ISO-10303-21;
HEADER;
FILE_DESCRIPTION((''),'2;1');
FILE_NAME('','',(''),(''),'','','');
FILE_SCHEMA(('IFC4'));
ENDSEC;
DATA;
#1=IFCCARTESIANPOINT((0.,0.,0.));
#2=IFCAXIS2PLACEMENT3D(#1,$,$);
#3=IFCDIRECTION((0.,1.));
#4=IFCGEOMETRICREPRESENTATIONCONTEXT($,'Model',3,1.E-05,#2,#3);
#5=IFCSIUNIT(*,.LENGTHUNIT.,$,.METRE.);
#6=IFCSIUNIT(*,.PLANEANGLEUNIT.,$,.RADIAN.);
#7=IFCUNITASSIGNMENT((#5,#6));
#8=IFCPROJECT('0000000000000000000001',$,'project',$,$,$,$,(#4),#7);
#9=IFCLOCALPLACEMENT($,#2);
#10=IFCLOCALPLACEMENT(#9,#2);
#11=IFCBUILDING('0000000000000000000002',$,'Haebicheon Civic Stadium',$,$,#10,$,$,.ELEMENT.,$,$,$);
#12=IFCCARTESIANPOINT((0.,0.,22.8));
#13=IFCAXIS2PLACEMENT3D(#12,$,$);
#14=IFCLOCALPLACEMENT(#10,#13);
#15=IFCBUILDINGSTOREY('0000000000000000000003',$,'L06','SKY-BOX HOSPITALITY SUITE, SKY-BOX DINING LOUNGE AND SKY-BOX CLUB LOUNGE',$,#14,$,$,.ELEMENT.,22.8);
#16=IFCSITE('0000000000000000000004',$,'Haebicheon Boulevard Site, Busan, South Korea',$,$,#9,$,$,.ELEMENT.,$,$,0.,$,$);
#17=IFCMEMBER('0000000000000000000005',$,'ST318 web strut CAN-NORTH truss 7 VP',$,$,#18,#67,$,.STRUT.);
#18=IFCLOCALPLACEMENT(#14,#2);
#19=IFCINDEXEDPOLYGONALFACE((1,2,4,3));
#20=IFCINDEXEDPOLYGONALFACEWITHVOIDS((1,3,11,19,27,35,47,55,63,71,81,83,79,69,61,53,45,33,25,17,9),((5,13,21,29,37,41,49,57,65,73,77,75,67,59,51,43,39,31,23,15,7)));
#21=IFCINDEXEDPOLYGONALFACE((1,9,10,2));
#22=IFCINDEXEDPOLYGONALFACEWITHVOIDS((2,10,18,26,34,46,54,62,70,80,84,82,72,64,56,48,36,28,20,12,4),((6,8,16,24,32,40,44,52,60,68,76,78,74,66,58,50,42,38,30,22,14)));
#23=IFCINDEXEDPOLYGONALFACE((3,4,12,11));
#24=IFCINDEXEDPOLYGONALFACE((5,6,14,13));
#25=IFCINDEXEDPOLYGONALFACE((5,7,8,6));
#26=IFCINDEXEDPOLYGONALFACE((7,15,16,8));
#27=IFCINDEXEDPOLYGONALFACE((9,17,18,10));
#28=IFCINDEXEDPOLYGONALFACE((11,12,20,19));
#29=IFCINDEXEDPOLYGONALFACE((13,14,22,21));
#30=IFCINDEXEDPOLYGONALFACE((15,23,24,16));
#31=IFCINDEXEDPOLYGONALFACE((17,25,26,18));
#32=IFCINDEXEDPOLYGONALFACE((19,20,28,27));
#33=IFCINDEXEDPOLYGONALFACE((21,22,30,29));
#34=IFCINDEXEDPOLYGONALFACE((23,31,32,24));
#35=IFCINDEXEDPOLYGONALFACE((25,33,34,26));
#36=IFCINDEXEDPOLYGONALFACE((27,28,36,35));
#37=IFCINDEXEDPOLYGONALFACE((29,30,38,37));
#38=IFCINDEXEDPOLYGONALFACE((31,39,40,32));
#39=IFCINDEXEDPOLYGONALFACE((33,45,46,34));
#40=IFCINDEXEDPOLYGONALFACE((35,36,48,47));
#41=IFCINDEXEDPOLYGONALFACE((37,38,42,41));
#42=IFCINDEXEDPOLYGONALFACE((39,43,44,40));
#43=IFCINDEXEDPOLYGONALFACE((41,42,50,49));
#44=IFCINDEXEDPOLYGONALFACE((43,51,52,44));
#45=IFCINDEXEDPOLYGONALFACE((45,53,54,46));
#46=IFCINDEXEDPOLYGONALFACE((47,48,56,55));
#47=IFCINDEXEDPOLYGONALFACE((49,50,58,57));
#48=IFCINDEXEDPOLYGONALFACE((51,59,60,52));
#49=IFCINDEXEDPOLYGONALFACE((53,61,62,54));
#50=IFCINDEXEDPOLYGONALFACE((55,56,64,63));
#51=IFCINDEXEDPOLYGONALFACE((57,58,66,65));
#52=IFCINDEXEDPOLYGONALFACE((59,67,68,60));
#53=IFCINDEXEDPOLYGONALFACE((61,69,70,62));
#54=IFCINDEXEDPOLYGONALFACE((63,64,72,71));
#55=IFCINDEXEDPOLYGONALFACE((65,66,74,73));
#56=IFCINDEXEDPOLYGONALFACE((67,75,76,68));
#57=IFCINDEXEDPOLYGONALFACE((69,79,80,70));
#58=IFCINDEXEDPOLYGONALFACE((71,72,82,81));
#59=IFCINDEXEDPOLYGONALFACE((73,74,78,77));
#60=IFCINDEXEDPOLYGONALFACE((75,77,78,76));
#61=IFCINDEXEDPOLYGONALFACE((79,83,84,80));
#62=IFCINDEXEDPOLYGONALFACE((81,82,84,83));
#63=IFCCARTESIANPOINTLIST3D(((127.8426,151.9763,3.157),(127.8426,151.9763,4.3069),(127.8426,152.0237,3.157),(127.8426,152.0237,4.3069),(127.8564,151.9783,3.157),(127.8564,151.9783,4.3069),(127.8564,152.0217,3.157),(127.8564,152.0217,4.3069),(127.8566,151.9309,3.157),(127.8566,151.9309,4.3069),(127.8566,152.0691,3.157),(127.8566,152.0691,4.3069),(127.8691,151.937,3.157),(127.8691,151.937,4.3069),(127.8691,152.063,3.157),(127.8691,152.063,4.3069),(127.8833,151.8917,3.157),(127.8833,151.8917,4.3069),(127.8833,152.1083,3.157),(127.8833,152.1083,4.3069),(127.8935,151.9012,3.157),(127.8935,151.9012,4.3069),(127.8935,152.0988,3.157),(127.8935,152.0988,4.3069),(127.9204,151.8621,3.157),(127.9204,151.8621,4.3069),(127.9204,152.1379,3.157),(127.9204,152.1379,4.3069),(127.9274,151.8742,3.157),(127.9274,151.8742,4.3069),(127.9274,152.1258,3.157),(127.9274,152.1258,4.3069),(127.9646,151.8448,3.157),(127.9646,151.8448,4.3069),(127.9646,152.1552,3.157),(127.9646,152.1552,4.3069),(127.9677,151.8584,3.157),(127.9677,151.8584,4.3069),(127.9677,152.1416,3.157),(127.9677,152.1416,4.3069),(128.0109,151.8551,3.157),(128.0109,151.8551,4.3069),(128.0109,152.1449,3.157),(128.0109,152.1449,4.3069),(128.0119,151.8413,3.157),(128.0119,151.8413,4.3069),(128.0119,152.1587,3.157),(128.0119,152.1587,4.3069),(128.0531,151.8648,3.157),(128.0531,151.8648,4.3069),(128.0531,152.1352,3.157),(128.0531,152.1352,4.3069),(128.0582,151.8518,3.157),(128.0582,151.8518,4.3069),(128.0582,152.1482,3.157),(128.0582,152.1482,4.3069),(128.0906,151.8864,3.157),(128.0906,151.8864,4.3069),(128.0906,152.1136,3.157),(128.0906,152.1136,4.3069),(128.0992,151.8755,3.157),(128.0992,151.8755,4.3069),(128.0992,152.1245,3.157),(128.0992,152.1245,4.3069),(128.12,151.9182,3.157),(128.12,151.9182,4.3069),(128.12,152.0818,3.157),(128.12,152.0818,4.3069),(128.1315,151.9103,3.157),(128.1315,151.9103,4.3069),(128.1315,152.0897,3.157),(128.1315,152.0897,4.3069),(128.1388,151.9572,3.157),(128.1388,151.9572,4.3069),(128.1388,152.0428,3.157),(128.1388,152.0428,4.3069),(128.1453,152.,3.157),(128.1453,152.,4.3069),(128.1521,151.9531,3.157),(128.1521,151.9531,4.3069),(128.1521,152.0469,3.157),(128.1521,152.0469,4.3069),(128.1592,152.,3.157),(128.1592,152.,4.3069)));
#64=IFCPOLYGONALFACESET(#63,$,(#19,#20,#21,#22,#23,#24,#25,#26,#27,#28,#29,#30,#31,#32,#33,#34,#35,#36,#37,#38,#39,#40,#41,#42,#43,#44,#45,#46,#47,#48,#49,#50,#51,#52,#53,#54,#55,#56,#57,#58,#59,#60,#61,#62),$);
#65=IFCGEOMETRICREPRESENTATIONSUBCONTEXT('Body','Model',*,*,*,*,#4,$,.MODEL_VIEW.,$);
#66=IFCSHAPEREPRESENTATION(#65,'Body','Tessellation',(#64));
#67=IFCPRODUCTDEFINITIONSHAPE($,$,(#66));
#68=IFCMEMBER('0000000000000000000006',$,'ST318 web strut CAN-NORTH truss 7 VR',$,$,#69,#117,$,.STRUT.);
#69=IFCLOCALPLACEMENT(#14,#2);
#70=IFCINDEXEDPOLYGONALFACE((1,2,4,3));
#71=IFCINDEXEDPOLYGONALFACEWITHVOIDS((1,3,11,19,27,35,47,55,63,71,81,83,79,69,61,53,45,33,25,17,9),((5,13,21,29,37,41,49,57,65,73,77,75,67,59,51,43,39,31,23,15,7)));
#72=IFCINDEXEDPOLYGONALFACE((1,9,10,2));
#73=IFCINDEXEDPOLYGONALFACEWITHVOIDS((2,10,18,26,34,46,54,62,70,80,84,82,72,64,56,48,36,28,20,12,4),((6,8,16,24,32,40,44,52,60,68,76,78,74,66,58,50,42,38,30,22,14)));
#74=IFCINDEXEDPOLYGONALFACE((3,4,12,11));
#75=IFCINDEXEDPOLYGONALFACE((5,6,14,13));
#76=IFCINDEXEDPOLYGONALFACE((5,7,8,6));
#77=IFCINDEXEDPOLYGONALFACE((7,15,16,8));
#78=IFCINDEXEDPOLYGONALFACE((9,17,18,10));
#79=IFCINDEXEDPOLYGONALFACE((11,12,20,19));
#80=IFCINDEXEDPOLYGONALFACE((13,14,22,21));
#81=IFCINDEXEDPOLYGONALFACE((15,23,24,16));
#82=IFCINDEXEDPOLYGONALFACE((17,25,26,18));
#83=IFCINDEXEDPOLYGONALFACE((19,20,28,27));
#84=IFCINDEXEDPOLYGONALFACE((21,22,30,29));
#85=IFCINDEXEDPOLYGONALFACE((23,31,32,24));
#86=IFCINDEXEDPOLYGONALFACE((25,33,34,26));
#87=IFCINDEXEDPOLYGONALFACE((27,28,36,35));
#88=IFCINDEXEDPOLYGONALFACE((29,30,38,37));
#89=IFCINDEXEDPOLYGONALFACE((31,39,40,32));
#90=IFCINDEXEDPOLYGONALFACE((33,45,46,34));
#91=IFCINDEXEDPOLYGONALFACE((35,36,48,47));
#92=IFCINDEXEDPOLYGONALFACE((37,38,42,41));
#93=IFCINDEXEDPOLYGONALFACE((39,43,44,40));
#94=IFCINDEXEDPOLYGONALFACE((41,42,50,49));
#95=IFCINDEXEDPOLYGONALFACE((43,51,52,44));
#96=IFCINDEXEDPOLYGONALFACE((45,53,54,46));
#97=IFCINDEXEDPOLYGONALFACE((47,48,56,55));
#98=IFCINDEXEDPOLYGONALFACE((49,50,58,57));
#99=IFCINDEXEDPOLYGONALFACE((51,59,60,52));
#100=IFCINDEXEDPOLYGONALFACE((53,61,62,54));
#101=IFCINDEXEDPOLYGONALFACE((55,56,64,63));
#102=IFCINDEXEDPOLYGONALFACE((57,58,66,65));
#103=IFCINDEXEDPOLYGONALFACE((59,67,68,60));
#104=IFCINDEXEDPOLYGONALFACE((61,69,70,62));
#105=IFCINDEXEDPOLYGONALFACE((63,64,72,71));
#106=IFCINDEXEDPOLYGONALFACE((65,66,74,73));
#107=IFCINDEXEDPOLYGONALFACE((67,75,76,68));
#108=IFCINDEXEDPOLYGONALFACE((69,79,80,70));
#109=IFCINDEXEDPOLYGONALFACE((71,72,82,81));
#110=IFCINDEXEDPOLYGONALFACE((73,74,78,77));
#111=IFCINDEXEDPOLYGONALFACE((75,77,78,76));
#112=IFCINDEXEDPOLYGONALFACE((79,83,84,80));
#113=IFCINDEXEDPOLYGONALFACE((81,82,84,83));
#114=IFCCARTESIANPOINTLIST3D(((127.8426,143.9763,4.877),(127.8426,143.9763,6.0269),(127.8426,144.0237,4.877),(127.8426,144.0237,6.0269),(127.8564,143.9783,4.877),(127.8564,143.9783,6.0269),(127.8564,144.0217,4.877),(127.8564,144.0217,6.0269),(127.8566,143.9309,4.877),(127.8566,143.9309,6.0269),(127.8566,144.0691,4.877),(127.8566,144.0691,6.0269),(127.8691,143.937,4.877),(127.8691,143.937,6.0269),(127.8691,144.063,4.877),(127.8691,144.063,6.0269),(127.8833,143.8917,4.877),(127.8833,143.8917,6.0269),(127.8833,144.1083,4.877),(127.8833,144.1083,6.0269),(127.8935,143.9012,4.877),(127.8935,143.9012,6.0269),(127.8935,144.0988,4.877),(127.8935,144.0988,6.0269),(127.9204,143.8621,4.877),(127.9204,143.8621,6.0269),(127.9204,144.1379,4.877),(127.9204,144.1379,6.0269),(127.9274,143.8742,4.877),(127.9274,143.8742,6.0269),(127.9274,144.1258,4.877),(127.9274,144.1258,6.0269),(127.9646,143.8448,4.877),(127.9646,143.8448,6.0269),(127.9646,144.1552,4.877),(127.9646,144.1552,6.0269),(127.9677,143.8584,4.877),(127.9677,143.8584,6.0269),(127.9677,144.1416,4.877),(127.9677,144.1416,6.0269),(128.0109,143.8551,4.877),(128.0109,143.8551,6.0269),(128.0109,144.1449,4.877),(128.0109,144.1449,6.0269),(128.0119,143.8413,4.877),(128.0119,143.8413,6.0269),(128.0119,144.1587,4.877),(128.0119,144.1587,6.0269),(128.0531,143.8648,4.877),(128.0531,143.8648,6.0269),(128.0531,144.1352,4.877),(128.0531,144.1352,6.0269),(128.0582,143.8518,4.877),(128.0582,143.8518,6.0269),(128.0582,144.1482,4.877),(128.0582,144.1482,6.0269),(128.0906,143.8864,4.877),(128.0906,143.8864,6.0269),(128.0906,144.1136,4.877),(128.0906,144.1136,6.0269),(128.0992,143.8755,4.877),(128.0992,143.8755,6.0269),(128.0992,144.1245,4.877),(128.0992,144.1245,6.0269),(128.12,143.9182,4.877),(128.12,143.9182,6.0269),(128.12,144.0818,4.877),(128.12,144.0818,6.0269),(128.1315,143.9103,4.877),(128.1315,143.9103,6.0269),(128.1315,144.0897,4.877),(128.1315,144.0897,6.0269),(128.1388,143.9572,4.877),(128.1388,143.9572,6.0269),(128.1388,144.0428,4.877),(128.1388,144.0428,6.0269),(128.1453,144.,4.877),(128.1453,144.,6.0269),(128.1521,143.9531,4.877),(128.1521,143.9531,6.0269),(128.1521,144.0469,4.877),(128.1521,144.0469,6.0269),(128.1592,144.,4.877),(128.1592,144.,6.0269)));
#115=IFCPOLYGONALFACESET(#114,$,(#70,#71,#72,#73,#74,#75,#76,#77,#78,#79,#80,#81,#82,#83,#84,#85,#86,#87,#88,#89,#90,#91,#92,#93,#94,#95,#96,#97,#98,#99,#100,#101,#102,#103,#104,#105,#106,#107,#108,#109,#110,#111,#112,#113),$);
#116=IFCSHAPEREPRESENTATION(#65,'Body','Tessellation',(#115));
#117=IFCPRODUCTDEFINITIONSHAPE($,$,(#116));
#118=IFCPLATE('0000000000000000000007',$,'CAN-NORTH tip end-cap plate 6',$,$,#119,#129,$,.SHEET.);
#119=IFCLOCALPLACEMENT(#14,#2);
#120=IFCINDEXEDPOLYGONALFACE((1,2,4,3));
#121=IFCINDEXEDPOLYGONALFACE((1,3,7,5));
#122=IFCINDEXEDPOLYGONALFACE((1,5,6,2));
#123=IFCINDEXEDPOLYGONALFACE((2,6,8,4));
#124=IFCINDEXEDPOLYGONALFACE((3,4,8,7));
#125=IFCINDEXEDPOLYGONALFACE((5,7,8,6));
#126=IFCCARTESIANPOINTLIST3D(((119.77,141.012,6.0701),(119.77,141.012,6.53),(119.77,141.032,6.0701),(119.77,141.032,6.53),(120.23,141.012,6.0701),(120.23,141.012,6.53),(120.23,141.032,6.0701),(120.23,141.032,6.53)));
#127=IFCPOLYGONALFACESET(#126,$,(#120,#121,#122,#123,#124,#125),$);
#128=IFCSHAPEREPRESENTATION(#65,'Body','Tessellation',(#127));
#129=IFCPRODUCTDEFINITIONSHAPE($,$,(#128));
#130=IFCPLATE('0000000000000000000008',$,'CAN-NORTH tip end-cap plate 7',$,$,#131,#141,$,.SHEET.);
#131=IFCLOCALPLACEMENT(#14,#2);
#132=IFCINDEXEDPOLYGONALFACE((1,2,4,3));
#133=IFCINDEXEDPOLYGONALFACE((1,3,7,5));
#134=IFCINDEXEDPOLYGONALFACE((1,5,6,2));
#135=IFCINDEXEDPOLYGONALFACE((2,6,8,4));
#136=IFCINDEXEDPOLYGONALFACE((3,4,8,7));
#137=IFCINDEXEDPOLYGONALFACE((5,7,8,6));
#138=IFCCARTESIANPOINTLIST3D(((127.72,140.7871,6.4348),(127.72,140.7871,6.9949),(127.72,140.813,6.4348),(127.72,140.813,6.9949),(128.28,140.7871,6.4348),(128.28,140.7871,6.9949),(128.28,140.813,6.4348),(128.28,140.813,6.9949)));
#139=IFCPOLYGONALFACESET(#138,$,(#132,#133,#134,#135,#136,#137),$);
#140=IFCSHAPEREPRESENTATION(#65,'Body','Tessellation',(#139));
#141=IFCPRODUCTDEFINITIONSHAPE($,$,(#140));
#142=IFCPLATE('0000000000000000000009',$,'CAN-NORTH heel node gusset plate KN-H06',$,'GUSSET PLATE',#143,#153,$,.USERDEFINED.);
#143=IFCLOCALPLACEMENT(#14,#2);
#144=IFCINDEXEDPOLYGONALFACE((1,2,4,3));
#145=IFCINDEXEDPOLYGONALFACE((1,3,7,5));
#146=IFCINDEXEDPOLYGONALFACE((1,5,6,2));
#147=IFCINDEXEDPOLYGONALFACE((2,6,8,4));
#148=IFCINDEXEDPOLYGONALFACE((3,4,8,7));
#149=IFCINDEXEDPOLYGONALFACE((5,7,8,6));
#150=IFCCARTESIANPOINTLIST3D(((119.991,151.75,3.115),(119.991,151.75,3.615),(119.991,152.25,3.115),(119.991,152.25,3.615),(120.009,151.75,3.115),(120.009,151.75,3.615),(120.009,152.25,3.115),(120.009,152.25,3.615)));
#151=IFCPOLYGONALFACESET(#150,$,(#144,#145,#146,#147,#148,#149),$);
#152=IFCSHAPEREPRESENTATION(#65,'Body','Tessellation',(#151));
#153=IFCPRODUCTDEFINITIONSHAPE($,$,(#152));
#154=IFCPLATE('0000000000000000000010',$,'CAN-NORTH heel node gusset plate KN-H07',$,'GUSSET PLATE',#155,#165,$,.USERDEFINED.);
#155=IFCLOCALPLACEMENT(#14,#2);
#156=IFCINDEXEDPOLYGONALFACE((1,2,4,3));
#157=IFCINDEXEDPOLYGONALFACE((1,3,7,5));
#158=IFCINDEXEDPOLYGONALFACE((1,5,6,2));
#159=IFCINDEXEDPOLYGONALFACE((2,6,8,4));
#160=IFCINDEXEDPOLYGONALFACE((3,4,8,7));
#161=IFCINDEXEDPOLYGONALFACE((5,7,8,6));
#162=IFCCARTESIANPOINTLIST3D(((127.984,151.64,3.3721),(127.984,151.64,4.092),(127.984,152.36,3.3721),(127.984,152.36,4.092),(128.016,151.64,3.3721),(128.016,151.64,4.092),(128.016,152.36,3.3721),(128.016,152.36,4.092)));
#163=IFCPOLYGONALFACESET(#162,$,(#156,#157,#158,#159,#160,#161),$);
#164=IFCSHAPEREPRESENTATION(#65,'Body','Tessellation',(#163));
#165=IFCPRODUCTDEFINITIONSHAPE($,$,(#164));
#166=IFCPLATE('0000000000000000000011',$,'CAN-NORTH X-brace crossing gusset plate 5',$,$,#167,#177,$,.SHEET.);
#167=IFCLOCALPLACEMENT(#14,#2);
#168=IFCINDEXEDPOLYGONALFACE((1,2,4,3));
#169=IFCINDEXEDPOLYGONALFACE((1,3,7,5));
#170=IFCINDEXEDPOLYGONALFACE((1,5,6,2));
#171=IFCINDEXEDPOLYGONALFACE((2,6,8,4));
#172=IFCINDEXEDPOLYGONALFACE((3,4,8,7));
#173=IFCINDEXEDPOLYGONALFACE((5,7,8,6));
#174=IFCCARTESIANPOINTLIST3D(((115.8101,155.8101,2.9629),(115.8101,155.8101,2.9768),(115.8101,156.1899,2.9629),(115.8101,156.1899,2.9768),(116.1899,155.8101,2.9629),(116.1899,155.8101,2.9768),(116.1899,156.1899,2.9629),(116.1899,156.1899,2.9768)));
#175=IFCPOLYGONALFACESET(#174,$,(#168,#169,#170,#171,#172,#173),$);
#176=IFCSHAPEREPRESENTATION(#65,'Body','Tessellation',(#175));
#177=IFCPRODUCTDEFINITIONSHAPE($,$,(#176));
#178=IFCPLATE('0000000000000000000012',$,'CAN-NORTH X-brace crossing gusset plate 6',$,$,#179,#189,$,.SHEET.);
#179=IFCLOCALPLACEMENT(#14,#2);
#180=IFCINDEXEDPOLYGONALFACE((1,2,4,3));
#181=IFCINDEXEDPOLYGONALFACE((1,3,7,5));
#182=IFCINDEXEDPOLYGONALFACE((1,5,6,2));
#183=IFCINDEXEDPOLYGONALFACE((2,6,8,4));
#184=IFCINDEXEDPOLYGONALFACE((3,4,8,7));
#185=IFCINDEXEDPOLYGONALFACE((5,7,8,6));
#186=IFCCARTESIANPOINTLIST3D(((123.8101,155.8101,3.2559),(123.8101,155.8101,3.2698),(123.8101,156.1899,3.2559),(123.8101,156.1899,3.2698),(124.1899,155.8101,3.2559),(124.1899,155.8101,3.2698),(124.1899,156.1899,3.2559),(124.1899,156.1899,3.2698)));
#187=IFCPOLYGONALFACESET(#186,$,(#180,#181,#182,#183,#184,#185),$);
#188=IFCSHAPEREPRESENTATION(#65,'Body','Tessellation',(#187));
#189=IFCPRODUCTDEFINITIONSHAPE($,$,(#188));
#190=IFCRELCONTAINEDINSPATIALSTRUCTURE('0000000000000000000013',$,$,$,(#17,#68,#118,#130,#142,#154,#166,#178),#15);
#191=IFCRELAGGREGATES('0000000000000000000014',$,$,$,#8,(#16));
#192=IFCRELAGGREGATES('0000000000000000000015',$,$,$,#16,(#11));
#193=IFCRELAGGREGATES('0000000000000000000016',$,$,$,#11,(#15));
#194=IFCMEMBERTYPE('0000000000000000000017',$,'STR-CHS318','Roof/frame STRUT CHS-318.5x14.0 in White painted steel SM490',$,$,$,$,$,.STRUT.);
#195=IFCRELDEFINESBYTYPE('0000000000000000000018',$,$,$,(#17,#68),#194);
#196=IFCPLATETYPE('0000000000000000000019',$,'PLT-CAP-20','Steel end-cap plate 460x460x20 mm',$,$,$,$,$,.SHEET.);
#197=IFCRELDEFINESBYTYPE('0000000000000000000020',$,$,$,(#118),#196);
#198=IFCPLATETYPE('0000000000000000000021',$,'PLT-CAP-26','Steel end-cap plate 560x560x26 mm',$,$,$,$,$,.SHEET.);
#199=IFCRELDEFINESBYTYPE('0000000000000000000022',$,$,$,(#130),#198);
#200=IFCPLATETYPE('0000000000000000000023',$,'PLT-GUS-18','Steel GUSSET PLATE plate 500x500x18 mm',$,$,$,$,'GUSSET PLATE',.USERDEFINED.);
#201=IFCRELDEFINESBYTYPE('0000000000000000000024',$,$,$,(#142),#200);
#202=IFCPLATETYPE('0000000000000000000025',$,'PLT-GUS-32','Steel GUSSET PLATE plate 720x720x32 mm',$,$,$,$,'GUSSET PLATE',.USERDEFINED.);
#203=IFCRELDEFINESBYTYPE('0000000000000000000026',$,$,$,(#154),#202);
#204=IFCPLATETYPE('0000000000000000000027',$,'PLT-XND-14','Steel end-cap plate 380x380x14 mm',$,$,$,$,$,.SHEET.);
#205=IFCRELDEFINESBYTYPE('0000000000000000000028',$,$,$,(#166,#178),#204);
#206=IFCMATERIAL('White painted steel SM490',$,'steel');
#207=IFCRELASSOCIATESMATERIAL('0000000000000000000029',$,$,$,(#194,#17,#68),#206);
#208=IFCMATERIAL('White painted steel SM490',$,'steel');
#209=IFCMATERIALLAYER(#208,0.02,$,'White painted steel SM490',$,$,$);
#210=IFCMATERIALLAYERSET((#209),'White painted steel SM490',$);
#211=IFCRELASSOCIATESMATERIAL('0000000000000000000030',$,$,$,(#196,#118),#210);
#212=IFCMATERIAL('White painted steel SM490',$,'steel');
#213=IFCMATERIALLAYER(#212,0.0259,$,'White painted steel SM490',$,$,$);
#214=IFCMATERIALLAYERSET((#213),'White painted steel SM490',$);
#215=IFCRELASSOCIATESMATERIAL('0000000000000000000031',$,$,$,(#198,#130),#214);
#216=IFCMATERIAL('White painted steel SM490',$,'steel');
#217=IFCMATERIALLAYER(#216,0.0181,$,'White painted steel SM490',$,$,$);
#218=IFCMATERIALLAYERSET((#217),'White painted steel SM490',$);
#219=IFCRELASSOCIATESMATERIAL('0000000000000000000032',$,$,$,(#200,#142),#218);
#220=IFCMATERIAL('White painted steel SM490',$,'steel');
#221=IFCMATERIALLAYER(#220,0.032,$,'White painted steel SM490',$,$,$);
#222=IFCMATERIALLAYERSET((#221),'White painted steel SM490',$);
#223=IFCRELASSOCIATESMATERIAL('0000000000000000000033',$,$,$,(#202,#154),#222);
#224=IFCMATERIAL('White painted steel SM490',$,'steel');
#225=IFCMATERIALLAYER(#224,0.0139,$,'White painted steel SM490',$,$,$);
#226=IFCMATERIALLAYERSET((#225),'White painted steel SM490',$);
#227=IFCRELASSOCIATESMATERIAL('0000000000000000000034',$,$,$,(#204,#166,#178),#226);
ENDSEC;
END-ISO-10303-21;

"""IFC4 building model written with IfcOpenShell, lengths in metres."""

from ifc_helpers import new_model, si_unit, direction, frame, origin, origin_2d, place, context, subcontext, project, spatial, rectangle, hollow_circle, extrude, material, layer, layer_set, material_profile, profile_set, type_object, element, save


model = new_model("IFC4")

# Units and contexts
model_context = context("Model", 3, precision=1e-05, world=origin(), true_north=direction((0.0, 1.0)))
body_context = subcontext(model_context, "Body", "Model", "MODEL_VIEW")
ifc_project = project(units=[si_unit("LENGTHUNIT", "METRE"), si_unit("PLANEANGLEUNIT", "RADIAN")], contexts=[model_context])

# Site, building, storey
site_placement = place(None, origin())
site = spatial("IfcSite", under=ifc_project, at=site_placement, Name="Haebicheon Boulevard Site, Busan, South Korea", CompositionType="ELEMENT", RefElevation=0.0)
building_placement = place(site_placement, origin())
building = spatial("IfcBuilding", under=site, at=building_placement, Name="Haebicheon Civic Stadium", CompositionType="ELEMENT")
storey_placement = place(building_placement, frame((0.0, 0.0, 22.8)))
storey = spatial("IfcBuildingStorey", under=building, at=storey_placement, Name="L06", Description="SKY-BOX HOSPITALITY SUITE, SKY-BOX DINING LOUNGE AND SKY-BOX CLUB LOUNGE", CompositionType="ELEMENT", Elevation=22.8)

# Members
ifc_material_1 = material(Name="White painted steel SM490", Category="steel")
ifc_material_profile_1 = material_profile(ifc_material_1, hollow_circle(Radius=0.1592, WallThickness=0.0139, at=origin_2d()), Name="CHS-318.5x14.0")
ifc_profile_set_1 = profile_set([ifc_material_profile_1], Name="White painted steel SM490")
member_type_1 = type_object("IfcMemberType", Name="STR-CHS318", Description="Roof/frame STRUT CHS-318.5x14.0 in White painted steel SM490", PredefinedType="STRUT", material=ifc_profile_set_1)
for number, where, z_axis, x_axis, name in (
    (1, (128.0, 152.0, 3.157), (0.0, 0.0, 1.0), (1.0, 0.0, 0.0), "ST318 web strut CAN-NORTH truss 7 VP"),
    (2, (128.0, 144.0, 4.877), (0.0, 0.0, 1.0), (1.0, 0.0, 0.0), "ST318 web strut CAN-NORTH truss 7 VR"),
):
    element("IfcMember", number, at=place(storey_placement, frame(where, z_axis=z_axis, x_axis=x_axis)), inside=storey, type_object=member_type_1, material=ifc_profile_set_1, Name=name, PredefinedType="STRUT", context=body_context, shape_type="SweptSolid", body=[
        extrude(hollow_circle(Radius=0.1592, WallThickness=0.0139, at=origin_2d()), origin(), (0.0, 0.0, 1.0), 1.1499),
    ])

# Plates
ifc_material_2 = material(Name="White painted steel SM490", Category="steel")
ifc_layer_1 = layer(ifc_material_2, 0.02, Name="White painted steel SM490")
ifc_layer_set_1 = layer_set([ifc_layer_1], Name="White painted steel SM490")
plate_type_1 = type_object("IfcPlateType", Name="PLT-CAP-20", Description="Steel end-cap plate 460x460x20 mm", PredefinedType="SHEET", material=ifc_layer_set_1)
plate_1_placement = place(storey_placement, frame((120.0, 141.022, 6.0701), z_axis=(0.0, 0.0, 1.0), x_axis=(-1.0, 0.0, 0.0)))
element("IfcPlate", 3, at=plate_1_placement, inside=storey, type_object=plate_type_1, material=ifc_layer_set_1, Name="CAN-NORTH tip end-cap plate 6", PredefinedType="SHEET", context=body_context, shape_type="SweptSolid", body=[
    extrude(rectangle(XDim=0.46, YDim=0.02, at=origin_2d()), origin(), (0.0, 0.0, 1.0), 0.46),
])
ifc_material_3 = material(Name="White painted steel SM490", Category="steel")
ifc_layer_2 = layer(ifc_material_3, 0.0259, Name="White painted steel SM490")
ifc_layer_set_2 = layer_set([ifc_layer_2], Name="White painted steel SM490")
plate_type_2 = type_object("IfcPlateType", Name="PLT-CAP-26", Description="Steel end-cap plate 560x560x26 mm", PredefinedType="SHEET", material=ifc_layer_set_2)
plate_2_placement = place(storey_placement, frame((128.0, 140.8, 6.4348), z_axis=(0.0, 0.0, 1.0), x_axis=(-1.0, 0.0, 0.0)))
element("IfcPlate", 4, at=plate_2_placement, inside=storey, type_object=plate_type_2, material=ifc_layer_set_2, Name="CAN-NORTH tip end-cap plate 7", PredefinedType="SHEET", context=body_context, shape_type="SweptSolid", body=[
    extrude(rectangle(XDim=0.5601, YDim=0.0259, at=origin_2d()), origin(), (0.0, 0.0, 1.0), 0.5601),
])
ifc_material_4 = material(Name="White painted steel SM490", Category="steel")
ifc_layer_3 = layer(ifc_material_4, 0.0181, Name="White painted steel SM490")
ifc_layer_set_3 = layer_set([ifc_layer_3], Name="White painted steel SM490")
plate_type_3 = type_object("IfcPlateType", Name="PLT-GUS-18", Description="Steel GUSSET PLATE plate 500x500x18 mm", ElementType="GUSSET PLATE", PredefinedType="USERDEFINED", material=ifc_layer_set_3)
plate_3_placement = place(storey_placement, frame((120.0, 152.0, 3.115), z_axis=(0.0, 0.0, 1.0), x_axis=(0.0, 1.0, 0.0)))
element("IfcPlate", 5, at=plate_3_placement, inside=storey, type_object=plate_type_3, material=ifc_layer_set_3, Name="CAN-NORTH heel node gusset plate KN-H06", ObjectType="GUSSET PLATE", PredefinedType="USERDEFINED", context=body_context, shape_type="SweptSolid", body=[
    extrude(rectangle(XDim=0.5, YDim=0.0181, at=origin_2d()), origin(), (0.0, 0.0, 1.0), 0.5),
])
ifc_material_5 = material(Name="White painted steel SM490", Category="steel")
ifc_layer_4 = layer(ifc_material_5, 0.032, Name="White painted steel SM490")
ifc_layer_set_4 = layer_set([ifc_layer_4], Name="White painted steel SM490")
plate_type_4 = type_object("IfcPlateType", Name="PLT-GUS-32", Description="Steel GUSSET PLATE plate 720x720x32 mm", ElementType="GUSSET PLATE", PredefinedType="USERDEFINED", material=ifc_layer_set_4)
plate_4_placement = place(storey_placement, frame((128.0, 152.0, 3.3721), z_axis=(0.0, 0.0, 1.0), x_axis=(0.0, 1.0, 0.0)))
element("IfcPlate", 6, at=plate_4_placement, inside=storey, type_object=plate_type_4, material=ifc_layer_set_4, Name="CAN-NORTH heel node gusset plate KN-H07", ObjectType="GUSSET PLATE", PredefinedType="USERDEFINED", context=body_context, shape_type="SweptSolid", body=[
    extrude(rectangle(XDim=0.72, YDim=0.032, at=origin_2d()), origin(), (0.0, 0.0, 1.0), 0.72),
])
ifc_material_6 = material(Name="White painted steel SM490", Category="steel")
ifc_layer_5 = layer(ifc_material_6, 0.0139, Name="White painted steel SM490")
ifc_layer_set_5 = layer_set([ifc_layer_5], Name="White painted steel SM490")
plate_type_5 = type_object("IfcPlateType", Name="PLT-XND-14", Description="Steel end-cap plate 380x380x14 mm", PredefinedType="SHEET", material=ifc_layer_set_5)
for number, where, z_axis, x_axis, name in (
    (7, (116.0, 156.0, 2.9629), (0.0, 0.0, 1.0), (1.0, 0.0, 0.0), "CAN-NORTH X-brace crossing gusset plate 5"),
    (8, (124.0, 156.0, 3.2559), (0.0, 0.0, 1.0), (1.0, 0.0, 0.0), "CAN-NORTH X-brace crossing gusset plate 6"),
):
    element("IfcPlate", number, at=place(storey_placement, frame(where, z_axis=z_axis, x_axis=x_axis)), inside=storey, type_object=plate_type_5, material=ifc_layer_set_5, Name=name, PredefinedType="SHEET", context=body_context, shape_type="SweptSolid", body=[
        extrude(rectangle(XDim=0.3799, YDim=0.3799, at=origin_2d()), origin(), (0.0, 0.0, 1.0), 0.0139),
    ])

save(model, "model.ifc")
